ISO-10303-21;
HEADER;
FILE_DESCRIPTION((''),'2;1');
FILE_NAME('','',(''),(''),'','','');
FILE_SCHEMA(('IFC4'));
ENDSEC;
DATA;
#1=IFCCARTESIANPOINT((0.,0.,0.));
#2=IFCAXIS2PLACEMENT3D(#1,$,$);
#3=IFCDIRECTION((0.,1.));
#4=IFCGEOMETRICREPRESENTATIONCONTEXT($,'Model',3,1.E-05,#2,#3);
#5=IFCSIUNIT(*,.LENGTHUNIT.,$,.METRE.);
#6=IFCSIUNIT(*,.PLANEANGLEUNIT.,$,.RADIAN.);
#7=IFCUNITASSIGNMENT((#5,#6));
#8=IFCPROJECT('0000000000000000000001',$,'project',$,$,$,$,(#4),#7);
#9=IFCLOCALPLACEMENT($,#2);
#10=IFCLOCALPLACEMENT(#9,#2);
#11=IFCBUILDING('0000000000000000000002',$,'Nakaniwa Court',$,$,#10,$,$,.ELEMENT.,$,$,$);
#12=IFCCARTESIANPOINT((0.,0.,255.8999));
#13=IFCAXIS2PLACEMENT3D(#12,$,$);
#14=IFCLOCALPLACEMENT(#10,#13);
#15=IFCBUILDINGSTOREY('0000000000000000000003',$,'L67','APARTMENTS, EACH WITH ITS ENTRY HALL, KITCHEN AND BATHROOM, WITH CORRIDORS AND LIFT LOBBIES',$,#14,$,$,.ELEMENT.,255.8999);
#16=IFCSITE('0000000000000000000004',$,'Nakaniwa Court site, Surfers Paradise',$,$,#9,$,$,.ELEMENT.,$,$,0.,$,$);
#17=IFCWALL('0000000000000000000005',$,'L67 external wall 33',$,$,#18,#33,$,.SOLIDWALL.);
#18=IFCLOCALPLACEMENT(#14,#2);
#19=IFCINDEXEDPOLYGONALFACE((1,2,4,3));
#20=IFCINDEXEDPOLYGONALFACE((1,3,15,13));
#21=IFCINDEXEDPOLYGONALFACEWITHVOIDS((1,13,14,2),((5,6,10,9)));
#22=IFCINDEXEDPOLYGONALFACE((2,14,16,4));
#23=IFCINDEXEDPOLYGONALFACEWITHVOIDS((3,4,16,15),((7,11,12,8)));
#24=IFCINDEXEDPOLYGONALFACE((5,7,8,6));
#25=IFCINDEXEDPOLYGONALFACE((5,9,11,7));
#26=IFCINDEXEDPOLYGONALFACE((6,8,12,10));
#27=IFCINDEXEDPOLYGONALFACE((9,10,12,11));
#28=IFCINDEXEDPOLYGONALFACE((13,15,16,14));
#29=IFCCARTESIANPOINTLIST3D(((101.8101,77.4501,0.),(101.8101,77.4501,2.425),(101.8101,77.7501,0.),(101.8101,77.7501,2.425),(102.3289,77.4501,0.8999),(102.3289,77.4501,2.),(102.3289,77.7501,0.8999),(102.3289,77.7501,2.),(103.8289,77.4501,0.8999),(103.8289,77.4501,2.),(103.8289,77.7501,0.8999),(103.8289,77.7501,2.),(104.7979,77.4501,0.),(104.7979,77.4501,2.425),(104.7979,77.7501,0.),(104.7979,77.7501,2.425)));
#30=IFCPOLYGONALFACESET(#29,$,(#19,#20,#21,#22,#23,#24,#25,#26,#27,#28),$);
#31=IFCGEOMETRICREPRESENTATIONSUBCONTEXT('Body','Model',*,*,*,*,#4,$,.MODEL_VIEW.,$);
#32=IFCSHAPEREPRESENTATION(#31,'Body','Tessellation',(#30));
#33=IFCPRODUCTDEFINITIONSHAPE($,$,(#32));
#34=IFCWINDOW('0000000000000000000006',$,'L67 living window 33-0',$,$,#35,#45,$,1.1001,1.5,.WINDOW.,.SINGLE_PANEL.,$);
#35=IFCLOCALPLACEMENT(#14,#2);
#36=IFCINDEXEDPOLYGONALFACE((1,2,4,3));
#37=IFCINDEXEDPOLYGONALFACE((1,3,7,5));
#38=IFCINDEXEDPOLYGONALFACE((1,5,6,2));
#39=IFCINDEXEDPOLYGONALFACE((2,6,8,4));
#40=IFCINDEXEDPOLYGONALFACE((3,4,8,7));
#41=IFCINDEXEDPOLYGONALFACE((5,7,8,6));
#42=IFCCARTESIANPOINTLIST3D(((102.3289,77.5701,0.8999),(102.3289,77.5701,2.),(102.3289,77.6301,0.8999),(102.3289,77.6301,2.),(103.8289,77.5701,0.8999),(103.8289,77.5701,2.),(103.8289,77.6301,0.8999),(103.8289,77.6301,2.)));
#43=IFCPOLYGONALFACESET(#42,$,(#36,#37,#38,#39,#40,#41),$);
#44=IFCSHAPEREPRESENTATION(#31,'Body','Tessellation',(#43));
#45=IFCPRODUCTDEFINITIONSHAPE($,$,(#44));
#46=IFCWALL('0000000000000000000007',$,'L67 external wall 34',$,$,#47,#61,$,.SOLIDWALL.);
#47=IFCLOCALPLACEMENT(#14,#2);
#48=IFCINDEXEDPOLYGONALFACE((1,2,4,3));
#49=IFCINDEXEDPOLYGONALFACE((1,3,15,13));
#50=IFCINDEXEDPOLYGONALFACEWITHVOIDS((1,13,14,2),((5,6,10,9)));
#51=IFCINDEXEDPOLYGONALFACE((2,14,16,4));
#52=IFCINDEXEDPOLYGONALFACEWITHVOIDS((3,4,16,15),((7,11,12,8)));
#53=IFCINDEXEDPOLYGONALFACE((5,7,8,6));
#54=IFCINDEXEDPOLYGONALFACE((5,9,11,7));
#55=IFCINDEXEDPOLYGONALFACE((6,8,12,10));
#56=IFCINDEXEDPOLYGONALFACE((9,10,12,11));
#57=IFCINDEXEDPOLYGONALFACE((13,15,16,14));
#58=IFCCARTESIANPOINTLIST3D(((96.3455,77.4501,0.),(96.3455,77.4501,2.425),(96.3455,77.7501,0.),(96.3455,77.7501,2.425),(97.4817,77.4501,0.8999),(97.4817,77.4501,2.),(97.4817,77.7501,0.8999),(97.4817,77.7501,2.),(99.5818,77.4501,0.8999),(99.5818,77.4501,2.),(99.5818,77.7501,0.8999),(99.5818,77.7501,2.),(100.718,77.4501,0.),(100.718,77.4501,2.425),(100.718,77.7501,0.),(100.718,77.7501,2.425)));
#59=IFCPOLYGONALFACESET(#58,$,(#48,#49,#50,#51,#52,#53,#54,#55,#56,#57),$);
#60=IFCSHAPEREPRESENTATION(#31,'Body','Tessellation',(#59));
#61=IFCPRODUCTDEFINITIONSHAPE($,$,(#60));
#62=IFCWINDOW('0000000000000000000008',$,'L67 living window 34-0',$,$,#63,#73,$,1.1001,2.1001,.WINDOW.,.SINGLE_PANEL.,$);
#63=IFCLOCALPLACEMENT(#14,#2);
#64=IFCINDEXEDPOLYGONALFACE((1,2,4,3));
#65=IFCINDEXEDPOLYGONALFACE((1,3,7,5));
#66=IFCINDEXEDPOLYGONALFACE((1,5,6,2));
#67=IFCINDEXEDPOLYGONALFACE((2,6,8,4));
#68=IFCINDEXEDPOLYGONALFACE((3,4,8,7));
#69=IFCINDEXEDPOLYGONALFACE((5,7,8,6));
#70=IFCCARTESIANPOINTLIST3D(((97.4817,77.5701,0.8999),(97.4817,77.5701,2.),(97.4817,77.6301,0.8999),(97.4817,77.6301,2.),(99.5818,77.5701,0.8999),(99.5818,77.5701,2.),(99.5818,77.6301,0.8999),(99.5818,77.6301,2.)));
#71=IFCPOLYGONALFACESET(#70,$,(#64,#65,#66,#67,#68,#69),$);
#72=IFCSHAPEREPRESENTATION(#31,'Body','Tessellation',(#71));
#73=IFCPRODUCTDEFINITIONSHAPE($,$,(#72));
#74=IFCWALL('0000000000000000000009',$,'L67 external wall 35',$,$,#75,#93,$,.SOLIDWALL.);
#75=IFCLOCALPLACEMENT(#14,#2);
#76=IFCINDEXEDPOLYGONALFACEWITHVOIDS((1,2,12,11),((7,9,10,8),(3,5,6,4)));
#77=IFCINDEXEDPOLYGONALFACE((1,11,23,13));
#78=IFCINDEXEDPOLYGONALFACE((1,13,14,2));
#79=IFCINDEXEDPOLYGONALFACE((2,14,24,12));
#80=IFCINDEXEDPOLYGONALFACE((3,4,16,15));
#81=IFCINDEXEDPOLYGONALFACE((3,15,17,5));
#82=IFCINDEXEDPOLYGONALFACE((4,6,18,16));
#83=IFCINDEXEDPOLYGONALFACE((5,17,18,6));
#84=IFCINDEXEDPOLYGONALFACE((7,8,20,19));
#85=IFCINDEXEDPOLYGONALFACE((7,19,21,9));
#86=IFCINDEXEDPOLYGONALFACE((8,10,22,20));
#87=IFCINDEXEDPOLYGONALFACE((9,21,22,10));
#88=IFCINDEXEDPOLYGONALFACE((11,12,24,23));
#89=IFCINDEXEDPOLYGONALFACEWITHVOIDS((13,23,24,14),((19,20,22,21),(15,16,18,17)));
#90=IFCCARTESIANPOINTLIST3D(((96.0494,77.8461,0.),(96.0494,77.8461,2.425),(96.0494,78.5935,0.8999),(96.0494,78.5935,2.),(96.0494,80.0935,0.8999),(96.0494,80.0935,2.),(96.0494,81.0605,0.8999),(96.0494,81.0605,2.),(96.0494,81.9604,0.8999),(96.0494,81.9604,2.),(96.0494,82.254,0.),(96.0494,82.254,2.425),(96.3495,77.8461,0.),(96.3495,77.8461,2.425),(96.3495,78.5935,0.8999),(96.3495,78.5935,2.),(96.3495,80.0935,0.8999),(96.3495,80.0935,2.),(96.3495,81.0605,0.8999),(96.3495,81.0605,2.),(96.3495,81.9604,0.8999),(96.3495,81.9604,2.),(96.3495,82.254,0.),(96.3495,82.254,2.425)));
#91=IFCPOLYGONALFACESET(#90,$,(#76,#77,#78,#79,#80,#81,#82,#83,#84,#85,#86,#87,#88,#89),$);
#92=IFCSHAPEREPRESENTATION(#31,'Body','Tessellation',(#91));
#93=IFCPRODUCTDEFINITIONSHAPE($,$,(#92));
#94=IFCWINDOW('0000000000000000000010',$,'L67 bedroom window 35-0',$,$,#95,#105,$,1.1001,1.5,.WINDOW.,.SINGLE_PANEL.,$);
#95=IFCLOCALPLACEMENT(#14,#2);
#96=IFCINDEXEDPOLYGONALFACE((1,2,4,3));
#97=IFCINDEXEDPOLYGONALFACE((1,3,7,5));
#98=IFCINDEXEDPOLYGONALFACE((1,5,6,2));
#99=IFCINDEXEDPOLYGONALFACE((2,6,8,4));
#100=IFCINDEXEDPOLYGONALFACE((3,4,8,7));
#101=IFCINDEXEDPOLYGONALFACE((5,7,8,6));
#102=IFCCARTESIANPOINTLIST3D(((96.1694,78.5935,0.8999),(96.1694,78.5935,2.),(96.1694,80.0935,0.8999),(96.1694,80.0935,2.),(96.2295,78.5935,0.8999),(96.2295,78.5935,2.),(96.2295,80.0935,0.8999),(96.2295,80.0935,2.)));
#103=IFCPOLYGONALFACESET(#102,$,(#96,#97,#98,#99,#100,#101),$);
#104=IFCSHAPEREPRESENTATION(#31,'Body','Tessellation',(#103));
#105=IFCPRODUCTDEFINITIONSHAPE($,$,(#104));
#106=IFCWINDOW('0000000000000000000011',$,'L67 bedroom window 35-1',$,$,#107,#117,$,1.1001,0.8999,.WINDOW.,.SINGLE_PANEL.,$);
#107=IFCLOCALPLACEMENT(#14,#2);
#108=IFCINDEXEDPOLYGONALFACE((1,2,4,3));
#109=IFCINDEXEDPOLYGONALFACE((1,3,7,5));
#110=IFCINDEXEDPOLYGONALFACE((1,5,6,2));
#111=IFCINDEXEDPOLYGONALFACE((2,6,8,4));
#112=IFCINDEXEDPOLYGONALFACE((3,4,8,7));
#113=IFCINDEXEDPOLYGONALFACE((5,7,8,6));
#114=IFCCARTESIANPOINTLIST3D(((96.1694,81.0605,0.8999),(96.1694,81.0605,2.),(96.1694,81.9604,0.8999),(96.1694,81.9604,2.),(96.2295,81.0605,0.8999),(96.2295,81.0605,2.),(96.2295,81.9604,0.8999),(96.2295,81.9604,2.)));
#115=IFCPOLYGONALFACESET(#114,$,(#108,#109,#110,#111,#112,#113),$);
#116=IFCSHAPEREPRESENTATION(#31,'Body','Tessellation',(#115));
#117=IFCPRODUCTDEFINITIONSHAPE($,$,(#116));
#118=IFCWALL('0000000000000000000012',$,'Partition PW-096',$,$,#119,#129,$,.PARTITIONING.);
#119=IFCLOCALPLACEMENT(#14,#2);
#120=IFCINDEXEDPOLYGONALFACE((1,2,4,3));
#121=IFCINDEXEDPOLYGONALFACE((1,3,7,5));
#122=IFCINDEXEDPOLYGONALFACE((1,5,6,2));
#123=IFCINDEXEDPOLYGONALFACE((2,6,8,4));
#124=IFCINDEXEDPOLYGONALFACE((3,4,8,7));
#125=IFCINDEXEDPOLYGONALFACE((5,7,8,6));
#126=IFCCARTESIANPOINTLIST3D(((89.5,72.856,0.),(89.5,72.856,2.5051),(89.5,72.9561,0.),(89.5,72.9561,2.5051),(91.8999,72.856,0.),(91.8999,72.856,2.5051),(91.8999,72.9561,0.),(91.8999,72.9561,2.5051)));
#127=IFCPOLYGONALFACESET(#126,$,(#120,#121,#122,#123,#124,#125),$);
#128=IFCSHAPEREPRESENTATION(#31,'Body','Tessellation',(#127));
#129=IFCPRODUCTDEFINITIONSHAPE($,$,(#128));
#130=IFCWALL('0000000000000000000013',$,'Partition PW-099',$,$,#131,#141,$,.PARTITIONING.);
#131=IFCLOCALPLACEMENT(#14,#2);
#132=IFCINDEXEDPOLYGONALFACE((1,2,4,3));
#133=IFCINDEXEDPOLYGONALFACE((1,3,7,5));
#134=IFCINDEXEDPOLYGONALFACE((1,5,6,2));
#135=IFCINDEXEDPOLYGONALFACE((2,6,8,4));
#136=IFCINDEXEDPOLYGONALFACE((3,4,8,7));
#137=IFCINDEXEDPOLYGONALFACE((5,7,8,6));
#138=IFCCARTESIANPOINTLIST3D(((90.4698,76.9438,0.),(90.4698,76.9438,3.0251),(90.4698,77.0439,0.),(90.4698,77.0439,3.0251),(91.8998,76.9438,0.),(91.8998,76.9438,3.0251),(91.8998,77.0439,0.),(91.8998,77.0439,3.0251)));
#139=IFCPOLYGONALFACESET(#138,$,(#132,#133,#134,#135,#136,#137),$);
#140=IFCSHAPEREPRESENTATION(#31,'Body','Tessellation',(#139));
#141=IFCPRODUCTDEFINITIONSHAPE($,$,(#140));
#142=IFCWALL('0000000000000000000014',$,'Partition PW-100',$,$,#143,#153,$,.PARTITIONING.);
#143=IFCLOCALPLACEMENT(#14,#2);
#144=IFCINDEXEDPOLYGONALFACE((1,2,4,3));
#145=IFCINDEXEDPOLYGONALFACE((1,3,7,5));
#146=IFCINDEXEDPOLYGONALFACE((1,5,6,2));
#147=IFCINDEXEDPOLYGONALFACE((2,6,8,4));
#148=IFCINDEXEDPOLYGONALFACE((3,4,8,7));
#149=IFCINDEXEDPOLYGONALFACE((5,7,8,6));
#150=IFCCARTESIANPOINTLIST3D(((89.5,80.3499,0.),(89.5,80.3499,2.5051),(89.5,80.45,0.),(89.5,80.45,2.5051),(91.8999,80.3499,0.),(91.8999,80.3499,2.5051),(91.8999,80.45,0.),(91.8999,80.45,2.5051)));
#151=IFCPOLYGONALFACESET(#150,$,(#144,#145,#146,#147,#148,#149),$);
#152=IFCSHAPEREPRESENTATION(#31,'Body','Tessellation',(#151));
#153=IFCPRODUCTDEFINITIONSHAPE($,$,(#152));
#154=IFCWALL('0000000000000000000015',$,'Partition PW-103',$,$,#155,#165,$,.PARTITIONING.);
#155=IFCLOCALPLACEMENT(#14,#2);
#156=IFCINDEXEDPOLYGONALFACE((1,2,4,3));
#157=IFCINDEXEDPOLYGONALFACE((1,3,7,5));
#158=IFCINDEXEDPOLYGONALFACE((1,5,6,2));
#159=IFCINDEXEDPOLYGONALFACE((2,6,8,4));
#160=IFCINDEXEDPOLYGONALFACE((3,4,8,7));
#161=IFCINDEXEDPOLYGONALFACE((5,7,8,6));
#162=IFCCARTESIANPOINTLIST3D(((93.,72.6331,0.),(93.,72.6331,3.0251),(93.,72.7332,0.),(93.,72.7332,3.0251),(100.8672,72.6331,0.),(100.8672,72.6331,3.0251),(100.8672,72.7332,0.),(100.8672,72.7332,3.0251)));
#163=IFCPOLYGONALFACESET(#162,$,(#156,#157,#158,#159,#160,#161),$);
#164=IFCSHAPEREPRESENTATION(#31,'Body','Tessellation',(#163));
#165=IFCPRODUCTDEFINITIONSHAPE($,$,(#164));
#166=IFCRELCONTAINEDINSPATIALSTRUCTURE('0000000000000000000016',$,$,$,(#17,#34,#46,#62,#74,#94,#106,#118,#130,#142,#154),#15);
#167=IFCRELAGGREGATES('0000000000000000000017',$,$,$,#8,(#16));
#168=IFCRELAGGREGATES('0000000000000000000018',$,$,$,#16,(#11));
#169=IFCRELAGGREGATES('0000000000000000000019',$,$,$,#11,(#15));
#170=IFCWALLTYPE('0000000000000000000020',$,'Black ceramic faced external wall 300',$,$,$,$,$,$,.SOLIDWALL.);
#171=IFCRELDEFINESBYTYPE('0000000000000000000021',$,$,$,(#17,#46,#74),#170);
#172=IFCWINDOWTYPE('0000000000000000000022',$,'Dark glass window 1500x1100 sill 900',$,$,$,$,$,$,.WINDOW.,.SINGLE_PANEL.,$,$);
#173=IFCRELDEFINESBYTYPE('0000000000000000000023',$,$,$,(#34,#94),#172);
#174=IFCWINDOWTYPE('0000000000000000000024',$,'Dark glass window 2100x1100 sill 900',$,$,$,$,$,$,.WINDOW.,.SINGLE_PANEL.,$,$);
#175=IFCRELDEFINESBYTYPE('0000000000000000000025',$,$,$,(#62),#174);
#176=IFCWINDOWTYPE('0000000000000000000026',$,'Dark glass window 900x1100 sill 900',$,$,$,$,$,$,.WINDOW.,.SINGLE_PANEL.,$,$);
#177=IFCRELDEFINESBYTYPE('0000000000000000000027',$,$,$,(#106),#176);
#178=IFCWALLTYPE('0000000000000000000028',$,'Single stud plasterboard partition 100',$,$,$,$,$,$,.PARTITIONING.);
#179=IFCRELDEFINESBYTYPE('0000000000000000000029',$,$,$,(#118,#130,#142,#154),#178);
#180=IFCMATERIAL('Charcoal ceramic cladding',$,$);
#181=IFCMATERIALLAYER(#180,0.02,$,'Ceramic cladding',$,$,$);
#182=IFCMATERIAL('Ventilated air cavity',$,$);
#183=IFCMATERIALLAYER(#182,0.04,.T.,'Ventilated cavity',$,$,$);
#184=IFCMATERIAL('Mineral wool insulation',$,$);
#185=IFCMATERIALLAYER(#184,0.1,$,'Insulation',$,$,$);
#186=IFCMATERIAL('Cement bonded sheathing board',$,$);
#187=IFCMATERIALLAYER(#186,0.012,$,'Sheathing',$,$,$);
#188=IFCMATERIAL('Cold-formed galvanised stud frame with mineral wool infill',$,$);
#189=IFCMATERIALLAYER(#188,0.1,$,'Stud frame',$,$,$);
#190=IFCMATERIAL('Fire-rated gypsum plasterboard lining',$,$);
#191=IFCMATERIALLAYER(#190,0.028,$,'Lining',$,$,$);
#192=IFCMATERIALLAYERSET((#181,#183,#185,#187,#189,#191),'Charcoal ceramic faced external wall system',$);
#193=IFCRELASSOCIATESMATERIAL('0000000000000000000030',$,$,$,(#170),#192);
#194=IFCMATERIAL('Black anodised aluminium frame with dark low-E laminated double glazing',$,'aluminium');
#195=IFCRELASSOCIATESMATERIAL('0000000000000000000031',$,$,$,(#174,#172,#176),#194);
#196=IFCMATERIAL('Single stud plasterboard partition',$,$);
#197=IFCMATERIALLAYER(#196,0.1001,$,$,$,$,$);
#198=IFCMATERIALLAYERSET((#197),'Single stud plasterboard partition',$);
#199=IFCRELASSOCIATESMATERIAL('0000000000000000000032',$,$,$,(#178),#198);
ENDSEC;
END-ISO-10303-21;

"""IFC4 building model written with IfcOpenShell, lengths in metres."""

from ifc_helpers import new_model, si_unit, direction, frame, frame_2d, origin, place, context, subcontext, project, spatial, rectangle, extrude, material, layer, layer_set, type_object, element, fill, save


model = new_model("IFC4")

# Units and contexts
model_context = context("Model", 3, precision=1e-05, world=origin(), true_north=direction((0.0, 1.0)))
body_context = subcontext(model_context, "Body", "Model", "MODEL_VIEW")
ifc_project = project(units=[si_unit("LENGTHUNIT", "METRE"), si_unit("PLANEANGLEUNIT", "RADIAN")], contexts=[model_context])

# Site, building, storey
site_placement = place(None, origin())
site = spatial("IfcSite", under=ifc_project, at=site_placement, Name="Nakaniwa Court site, Surfers Paradise", CompositionType="ELEMENT", RefElevation=0.0)
building_placement = place(site_placement, origin())
building = spatial("IfcBuilding", under=site, at=building_placement, Name="Nakaniwa Court", CompositionType="ELEMENT")
storey_placement = place(building_placement, frame((0.0, 0.0, 255.8999)))
storey = spatial("IfcBuildingStorey", under=building, at=storey_placement, Name="L67", Description="APARTMENTS, EACH WITH ITS ENTRY HALL, KITCHEN AND BATHROOM, WITH CORRIDORS AND LIFT LOBBIES", CompositionType="ELEMENT", Elevation=255.8999)

# Walls, openings, windows
ifc_material_1 = material(Name="Charcoal ceramic cladding")
ifc_layer_1 = layer(ifc_material_1, 0.02, Name="Ceramic cladding")
ifc_material_2 = material(Name="Ventilated air cavity")
ifc_layer_2 = layer(ifc_material_2, 0.04, ventilated=True, Name="Ventilated cavity")
ifc_material_3 = material(Name="Mineral wool insulation")
ifc_layer_3 = layer(ifc_material_3, 0.1, Name="Insulation")
ifc_material_4 = material(Name="Cement bonded sheathing board")
ifc_layer_4 = layer(ifc_material_4, 0.012, Name="Sheathing")
ifc_material_5 = material(Name="Cold-formed galvanised stud frame with mineral wool infill")
ifc_layer_5 = layer(ifc_material_5, 0.1, Name="Stud frame")
ifc_material_6 = material(Name="Fire-rated gypsum plasterboard lining")
ifc_layer_6 = layer(ifc_material_6, 0.028, Name="Lining")
ifc_layer_set_1 = layer_set([ifc_layer_1, ifc_layer_2, ifc_layer_3, ifc_layer_4, ifc_layer_5, ifc_layer_6], Name="Charcoal ceramic faced external wall system")
wall_type_1 = type_object("IfcWallType", Name="Black ceramic faced external wall 300", PredefinedType="SOLIDWALL", material=ifc_layer_set_1)
ifc_material_7 = material(Name="Black anodised aluminium frame with dark low-E laminated double glazing", Category="aluminium")
window_type_1 = type_object("IfcWindowType", Name="Dark glass window 2100x1100 sill 900", PartitioningType="SINGLE_PANEL", PredefinedType="WINDOW", material=ifc_material_7)
wall_1_placement = place(storey_placement, frame((104.7979, 77.6001, 0.0), z_axis=(0.0, 0.0, 1.0), x_axis=(-1.0, 0.0, 0.0)))
wall_1 = element("IfcWall", 1, at=wall_1_placement, inside=storey, type_object=wall_type_1, Name="L67 external wall 33", PredefinedType="SOLIDWALL", context=body_context, shape_type="SweptSolid", body=[
    extrude(rectangle(XDim=2.9878, YDim=0.3, at=frame_2d((1.4939, 0.0))), origin(), (0.0, 0.0, 1.0), 2.425),
])
opening_1_placement = place(wall_1_placement, frame((0.969, 0.0, 0.8999)))
opening_1 = element("IfcOpeningElement", 2, at=opening_1_placement, cuts=wall_1, PredefinedType="OPENING", context=body_context, shape_type="SweptSolid", body=[
    extrude(rectangle(XDim=1.5, YDim=1.1001, at=frame_2d((0.75, 0.55))), frame((0.0, 0.1599, 0.0), z_axis=(0.0, -1.0, 0.0), x_axis=(1.0, 0.0, 0.0)), (0.0, 0.0, 1.0), 0.3201),
])
window_type_2 = type_object("IfcWindowType", Name="Dark glass window 1500x1100 sill 900", PartitioningType="SINGLE_PANEL", PredefinedType="WINDOW", material=ifc_material_7)
window_1_placement = place(opening_1_placement, origin())
window_1 = element("IfcWindow", 3, at=window_1_placement, inside=storey, type_object=window_type_2, Name="L67 living window 33-0", OverallHeight=1.1001, OverallWidth=1.5, PartitioningType="SINGLE_PANEL", PredefinedType="WINDOW", context=body_context, shape_type="SweptSolid", body=[
    extrude(rectangle(XDim=1.5, YDim=1.1001, at=frame_2d((0.75, 0.55))), frame((0.0, 0.03, 0.0), z_axis=(0.0, -1.0, 0.0), x_axis=(1.0, 0.0, 0.0)), (0.0, 0.0, 1.0), 0.0601),
])
fill(opening_1, window_1)
wall_2_placement = place(storey_placement, frame((100.718, 77.6001, 0.0), z_axis=(0.0, 0.0, 1.0), x_axis=(-1.0, 0.0, 0.0)))
wall_2 = element("IfcWall", 4, at=wall_2_placement, inside=storey, type_object=wall_type_1, Name="L67 external wall 34", PredefinedType="SOLIDWALL", context=body_context, shape_type="SweptSolid", body=[
    extrude(rectangle(XDim=4.3726, YDim=0.3, at=frame_2d((2.1863, 0.0))), origin(), (0.0, 0.0, 1.0), 2.425),
])
opening_2_placement = place(wall_2_placement, frame((1.1362, 0.0, 0.8999)))
opening_2 = element("IfcOpeningElement", 5, at=opening_2_placement, cuts=wall_2, PredefinedType="OPENING", context=body_context, shape_type="SweptSolid", body=[
    extrude(rectangle(XDim=2.1001, YDim=1.1001, at=frame_2d((1.05, 0.55))), frame((0.0, 0.1599, 0.0), z_axis=(0.0, -1.0, 0.0), x_axis=(1.0, 0.0, 0.0)), (0.0, 0.0, 1.0), 0.3201),
])
window_2_placement = place(opening_2_placement, origin())
window_2 = element("IfcWindow", 6, at=window_2_placement, inside=storey, type_object=window_type_1, Name="L67 living window 34-0", OverallHeight=1.1001, OverallWidth=2.1001, PartitioningType="SINGLE_PANEL", PredefinedType="WINDOW", context=body_context, shape_type="SweptSolid", body=[
    extrude(rectangle(XDim=2.1001, YDim=1.1001, at=frame_2d((1.05, 0.55))), frame((0.0, 0.03, 0.0), z_axis=(0.0, -1.0, 0.0), x_axis=(1.0, 0.0, 0.0)), (0.0, 0.0, 1.0), 0.0601),
])
fill(opening_2, window_2)

# Wall, openings, windows
wall_3_placement = place(storey_placement, frame((96.1995, 77.8459, 0.0), z_axis=(0.0, 0.0, 1.0), x_axis=(0.0, 1.0, 0.0)))
wall_3 = element("IfcWall", 7, at=wall_3_placement, inside=storey, type_object=wall_type_1, Name="L67 external wall 35", PredefinedType="SOLIDWALL", context=body_context, shape_type="SweptSolid", body=[
    extrude(rectangle(XDim=4.408, YDim=0.3, at=frame_2d((2.2041, 0.0))), origin(), (0.0, 0.0, 1.0), 2.425),
])
opening_3_placement = place(wall_3_placement, frame((0.7476, 0.0, 0.8999)))
opening_3 = element("IfcOpeningElement", 8, at=opening_3_placement, cuts=wall_3, PredefinedType="OPENING", context=body_context, shape_type="SweptSolid", body=[
    extrude(rectangle(XDim=1.5, YDim=1.1001, at=frame_2d((0.75, 0.55))), frame((0.0, 0.1599, 0.0), z_axis=(0.0, -1.0, 0.0), x_axis=(1.0, 0.0, 0.0)), (0.0, 0.0, 1.0), 0.3201),
])
opening_4_placement = place(wall_3_placement, frame((3.2146, 0.0, 0.8999)))
opening_4 = element("IfcOpeningElement", 9, at=opening_4_placement, cuts=wall_3, PredefinedType="OPENING", context=body_context, shape_type="SweptSolid", body=[
    extrude(rectangle(XDim=0.8999, YDim=1.1001, at=frame_2d((0.45, 0.55))), frame((0.0, 0.1599, 0.0), z_axis=(0.0, -1.0, 0.0), x_axis=(1.0, 0.0, 0.0)), (0.0, 0.0, 1.0), 0.3201),
])
window_3_placement = place(opening_3_placement, origin())
window_3 = element("IfcWindow", 10, at=window_3_placement, inside=storey, type_object=window_type_2, Name="L67 bedroom window 35-0", OverallHeight=1.1001, OverallWidth=1.5, PartitioningType="SINGLE_PANEL", PredefinedType="WINDOW", context=body_context, shape_type="SweptSolid", body=[
    extrude(rectangle(XDim=1.5, YDim=1.1001, at=frame_2d((0.75, 0.55))), frame((0.0, 0.03, 0.0), z_axis=(0.0, -1.0, 0.0), x_axis=(1.0, 0.0, 0.0)), (0.0, 0.0, 1.0), 0.0601),
])
fill(opening_3, window_3)
window_type_3 = type_object("IfcWindowType", Name="Dark glass window 900x1100 sill 900", PartitioningType="SINGLE_PANEL", PredefinedType="WINDOW", material=ifc_material_7)
window_4_placement = place(opening_4_placement, origin())
window_4 = element("IfcWindow", 11, at=window_4_placement, inside=storey, type_object=window_type_3, Name="L67 bedroom window 35-1", OverallHeight=1.1001, OverallWidth=0.8999, PartitioningType="SINGLE_PANEL", PredefinedType="WINDOW", context=body_context, shape_type="SweptSolid", body=[
    extrude(rectangle(XDim=0.8999, YDim=1.1001, at=frame_2d((0.45, 0.55))), frame((0.0, 0.03, 0.0), z_axis=(0.0, -1.0, 0.0), x_axis=(1.0, 0.0, 0.0)), (0.0, 0.0, 1.0), 0.0601),
])
fill(opening_4, window_4)

# Walls
ifc_material_8 = material(Name="Single stud plasterboard partition")
ifc_layer_7 = layer(ifc_material_8, 0.1001)
ifc_layer_set_2 = layer_set([ifc_layer_7], Name="Single stud plasterboard partition")
wall_type_2 = type_object("IfcWallType", Name="Single stud plasterboard partition 100", PredefinedType="PARTITIONING", material=ifc_layer_set_2)
wall_4_placement = place(storey_placement, frame((89.5, 72.906, 0.0), z_axis=(0.0, 0.0, 1.0), x_axis=(1.0, 0.0, 0.0)))
element("IfcWall", 12, at=wall_4_placement, inside=storey, type_object=wall_type_2, Name="Partition PW-096", PredefinedType="PARTITIONING", context=body_context, shape_type="SweptSolid", body=[
    extrude(rectangle(XDim=2.3999, YDim=0.1001, at=frame_2d((1.2, 0.0))), origin(), (0.0, 0.0, 1.0), 2.5051),
])
wall_5_placement = place(storey_placement, frame((90.47, 76.9939, 0.0), z_axis=(0.0, 0.0, 1.0), x_axis=(1.0, 0.0, 0.0)))
element("IfcWall", 13, at=wall_5_placement, inside=storey, type_object=wall_type_2, Name="Partition PW-099", PredefinedType="PARTITIONING", context=body_context, shape_type="SweptSolid", body=[
    extrude(rectangle(XDim=1.4299, YDim=0.1001, at=frame_2d((0.7148, 0.0))), origin(), (0.0, 0.0, 1.0), 3.0251),
])
wall_6_placement = place(storey_placement, frame((89.5, 80.3999, 0.0), z_axis=(0.0, 0.0, 1.0), x_axis=(1.0, 0.0, 0.0)))
element("IfcWall", 14, at=wall_6_placement, inside=storey, type_object=wall_type_2, Name="Partition PW-100", PredefinedType="PARTITIONING", context=body_context, shape_type="SweptSolid", body=[
    extrude(rectangle(XDim=2.3999, YDim=0.1001, at=frame_2d((1.2, 0.0))), origin(), (0.0, 0.0, 1.0), 2.5051),
])
wall_7_placement = place(storey_placement, frame((93.0, 72.6831, 0.0), z_axis=(0.0, 0.0, 1.0), x_axis=(1.0, 0.0, 0.0)))
element("IfcWall", 15, at=wall_7_placement, inside=storey, type_object=wall_type_2, Name="Partition PW-103", PredefinedType="PARTITIONING", context=body_context, shape_type="SweptSolid", body=[
    extrude(rectangle(XDim=7.8672, YDim=0.1001, at=frame_2d((3.9336, 0.0))), origin(), (0.0, 0.0, 1.0), 3.0251),
])

save(model, "model.ifc")
